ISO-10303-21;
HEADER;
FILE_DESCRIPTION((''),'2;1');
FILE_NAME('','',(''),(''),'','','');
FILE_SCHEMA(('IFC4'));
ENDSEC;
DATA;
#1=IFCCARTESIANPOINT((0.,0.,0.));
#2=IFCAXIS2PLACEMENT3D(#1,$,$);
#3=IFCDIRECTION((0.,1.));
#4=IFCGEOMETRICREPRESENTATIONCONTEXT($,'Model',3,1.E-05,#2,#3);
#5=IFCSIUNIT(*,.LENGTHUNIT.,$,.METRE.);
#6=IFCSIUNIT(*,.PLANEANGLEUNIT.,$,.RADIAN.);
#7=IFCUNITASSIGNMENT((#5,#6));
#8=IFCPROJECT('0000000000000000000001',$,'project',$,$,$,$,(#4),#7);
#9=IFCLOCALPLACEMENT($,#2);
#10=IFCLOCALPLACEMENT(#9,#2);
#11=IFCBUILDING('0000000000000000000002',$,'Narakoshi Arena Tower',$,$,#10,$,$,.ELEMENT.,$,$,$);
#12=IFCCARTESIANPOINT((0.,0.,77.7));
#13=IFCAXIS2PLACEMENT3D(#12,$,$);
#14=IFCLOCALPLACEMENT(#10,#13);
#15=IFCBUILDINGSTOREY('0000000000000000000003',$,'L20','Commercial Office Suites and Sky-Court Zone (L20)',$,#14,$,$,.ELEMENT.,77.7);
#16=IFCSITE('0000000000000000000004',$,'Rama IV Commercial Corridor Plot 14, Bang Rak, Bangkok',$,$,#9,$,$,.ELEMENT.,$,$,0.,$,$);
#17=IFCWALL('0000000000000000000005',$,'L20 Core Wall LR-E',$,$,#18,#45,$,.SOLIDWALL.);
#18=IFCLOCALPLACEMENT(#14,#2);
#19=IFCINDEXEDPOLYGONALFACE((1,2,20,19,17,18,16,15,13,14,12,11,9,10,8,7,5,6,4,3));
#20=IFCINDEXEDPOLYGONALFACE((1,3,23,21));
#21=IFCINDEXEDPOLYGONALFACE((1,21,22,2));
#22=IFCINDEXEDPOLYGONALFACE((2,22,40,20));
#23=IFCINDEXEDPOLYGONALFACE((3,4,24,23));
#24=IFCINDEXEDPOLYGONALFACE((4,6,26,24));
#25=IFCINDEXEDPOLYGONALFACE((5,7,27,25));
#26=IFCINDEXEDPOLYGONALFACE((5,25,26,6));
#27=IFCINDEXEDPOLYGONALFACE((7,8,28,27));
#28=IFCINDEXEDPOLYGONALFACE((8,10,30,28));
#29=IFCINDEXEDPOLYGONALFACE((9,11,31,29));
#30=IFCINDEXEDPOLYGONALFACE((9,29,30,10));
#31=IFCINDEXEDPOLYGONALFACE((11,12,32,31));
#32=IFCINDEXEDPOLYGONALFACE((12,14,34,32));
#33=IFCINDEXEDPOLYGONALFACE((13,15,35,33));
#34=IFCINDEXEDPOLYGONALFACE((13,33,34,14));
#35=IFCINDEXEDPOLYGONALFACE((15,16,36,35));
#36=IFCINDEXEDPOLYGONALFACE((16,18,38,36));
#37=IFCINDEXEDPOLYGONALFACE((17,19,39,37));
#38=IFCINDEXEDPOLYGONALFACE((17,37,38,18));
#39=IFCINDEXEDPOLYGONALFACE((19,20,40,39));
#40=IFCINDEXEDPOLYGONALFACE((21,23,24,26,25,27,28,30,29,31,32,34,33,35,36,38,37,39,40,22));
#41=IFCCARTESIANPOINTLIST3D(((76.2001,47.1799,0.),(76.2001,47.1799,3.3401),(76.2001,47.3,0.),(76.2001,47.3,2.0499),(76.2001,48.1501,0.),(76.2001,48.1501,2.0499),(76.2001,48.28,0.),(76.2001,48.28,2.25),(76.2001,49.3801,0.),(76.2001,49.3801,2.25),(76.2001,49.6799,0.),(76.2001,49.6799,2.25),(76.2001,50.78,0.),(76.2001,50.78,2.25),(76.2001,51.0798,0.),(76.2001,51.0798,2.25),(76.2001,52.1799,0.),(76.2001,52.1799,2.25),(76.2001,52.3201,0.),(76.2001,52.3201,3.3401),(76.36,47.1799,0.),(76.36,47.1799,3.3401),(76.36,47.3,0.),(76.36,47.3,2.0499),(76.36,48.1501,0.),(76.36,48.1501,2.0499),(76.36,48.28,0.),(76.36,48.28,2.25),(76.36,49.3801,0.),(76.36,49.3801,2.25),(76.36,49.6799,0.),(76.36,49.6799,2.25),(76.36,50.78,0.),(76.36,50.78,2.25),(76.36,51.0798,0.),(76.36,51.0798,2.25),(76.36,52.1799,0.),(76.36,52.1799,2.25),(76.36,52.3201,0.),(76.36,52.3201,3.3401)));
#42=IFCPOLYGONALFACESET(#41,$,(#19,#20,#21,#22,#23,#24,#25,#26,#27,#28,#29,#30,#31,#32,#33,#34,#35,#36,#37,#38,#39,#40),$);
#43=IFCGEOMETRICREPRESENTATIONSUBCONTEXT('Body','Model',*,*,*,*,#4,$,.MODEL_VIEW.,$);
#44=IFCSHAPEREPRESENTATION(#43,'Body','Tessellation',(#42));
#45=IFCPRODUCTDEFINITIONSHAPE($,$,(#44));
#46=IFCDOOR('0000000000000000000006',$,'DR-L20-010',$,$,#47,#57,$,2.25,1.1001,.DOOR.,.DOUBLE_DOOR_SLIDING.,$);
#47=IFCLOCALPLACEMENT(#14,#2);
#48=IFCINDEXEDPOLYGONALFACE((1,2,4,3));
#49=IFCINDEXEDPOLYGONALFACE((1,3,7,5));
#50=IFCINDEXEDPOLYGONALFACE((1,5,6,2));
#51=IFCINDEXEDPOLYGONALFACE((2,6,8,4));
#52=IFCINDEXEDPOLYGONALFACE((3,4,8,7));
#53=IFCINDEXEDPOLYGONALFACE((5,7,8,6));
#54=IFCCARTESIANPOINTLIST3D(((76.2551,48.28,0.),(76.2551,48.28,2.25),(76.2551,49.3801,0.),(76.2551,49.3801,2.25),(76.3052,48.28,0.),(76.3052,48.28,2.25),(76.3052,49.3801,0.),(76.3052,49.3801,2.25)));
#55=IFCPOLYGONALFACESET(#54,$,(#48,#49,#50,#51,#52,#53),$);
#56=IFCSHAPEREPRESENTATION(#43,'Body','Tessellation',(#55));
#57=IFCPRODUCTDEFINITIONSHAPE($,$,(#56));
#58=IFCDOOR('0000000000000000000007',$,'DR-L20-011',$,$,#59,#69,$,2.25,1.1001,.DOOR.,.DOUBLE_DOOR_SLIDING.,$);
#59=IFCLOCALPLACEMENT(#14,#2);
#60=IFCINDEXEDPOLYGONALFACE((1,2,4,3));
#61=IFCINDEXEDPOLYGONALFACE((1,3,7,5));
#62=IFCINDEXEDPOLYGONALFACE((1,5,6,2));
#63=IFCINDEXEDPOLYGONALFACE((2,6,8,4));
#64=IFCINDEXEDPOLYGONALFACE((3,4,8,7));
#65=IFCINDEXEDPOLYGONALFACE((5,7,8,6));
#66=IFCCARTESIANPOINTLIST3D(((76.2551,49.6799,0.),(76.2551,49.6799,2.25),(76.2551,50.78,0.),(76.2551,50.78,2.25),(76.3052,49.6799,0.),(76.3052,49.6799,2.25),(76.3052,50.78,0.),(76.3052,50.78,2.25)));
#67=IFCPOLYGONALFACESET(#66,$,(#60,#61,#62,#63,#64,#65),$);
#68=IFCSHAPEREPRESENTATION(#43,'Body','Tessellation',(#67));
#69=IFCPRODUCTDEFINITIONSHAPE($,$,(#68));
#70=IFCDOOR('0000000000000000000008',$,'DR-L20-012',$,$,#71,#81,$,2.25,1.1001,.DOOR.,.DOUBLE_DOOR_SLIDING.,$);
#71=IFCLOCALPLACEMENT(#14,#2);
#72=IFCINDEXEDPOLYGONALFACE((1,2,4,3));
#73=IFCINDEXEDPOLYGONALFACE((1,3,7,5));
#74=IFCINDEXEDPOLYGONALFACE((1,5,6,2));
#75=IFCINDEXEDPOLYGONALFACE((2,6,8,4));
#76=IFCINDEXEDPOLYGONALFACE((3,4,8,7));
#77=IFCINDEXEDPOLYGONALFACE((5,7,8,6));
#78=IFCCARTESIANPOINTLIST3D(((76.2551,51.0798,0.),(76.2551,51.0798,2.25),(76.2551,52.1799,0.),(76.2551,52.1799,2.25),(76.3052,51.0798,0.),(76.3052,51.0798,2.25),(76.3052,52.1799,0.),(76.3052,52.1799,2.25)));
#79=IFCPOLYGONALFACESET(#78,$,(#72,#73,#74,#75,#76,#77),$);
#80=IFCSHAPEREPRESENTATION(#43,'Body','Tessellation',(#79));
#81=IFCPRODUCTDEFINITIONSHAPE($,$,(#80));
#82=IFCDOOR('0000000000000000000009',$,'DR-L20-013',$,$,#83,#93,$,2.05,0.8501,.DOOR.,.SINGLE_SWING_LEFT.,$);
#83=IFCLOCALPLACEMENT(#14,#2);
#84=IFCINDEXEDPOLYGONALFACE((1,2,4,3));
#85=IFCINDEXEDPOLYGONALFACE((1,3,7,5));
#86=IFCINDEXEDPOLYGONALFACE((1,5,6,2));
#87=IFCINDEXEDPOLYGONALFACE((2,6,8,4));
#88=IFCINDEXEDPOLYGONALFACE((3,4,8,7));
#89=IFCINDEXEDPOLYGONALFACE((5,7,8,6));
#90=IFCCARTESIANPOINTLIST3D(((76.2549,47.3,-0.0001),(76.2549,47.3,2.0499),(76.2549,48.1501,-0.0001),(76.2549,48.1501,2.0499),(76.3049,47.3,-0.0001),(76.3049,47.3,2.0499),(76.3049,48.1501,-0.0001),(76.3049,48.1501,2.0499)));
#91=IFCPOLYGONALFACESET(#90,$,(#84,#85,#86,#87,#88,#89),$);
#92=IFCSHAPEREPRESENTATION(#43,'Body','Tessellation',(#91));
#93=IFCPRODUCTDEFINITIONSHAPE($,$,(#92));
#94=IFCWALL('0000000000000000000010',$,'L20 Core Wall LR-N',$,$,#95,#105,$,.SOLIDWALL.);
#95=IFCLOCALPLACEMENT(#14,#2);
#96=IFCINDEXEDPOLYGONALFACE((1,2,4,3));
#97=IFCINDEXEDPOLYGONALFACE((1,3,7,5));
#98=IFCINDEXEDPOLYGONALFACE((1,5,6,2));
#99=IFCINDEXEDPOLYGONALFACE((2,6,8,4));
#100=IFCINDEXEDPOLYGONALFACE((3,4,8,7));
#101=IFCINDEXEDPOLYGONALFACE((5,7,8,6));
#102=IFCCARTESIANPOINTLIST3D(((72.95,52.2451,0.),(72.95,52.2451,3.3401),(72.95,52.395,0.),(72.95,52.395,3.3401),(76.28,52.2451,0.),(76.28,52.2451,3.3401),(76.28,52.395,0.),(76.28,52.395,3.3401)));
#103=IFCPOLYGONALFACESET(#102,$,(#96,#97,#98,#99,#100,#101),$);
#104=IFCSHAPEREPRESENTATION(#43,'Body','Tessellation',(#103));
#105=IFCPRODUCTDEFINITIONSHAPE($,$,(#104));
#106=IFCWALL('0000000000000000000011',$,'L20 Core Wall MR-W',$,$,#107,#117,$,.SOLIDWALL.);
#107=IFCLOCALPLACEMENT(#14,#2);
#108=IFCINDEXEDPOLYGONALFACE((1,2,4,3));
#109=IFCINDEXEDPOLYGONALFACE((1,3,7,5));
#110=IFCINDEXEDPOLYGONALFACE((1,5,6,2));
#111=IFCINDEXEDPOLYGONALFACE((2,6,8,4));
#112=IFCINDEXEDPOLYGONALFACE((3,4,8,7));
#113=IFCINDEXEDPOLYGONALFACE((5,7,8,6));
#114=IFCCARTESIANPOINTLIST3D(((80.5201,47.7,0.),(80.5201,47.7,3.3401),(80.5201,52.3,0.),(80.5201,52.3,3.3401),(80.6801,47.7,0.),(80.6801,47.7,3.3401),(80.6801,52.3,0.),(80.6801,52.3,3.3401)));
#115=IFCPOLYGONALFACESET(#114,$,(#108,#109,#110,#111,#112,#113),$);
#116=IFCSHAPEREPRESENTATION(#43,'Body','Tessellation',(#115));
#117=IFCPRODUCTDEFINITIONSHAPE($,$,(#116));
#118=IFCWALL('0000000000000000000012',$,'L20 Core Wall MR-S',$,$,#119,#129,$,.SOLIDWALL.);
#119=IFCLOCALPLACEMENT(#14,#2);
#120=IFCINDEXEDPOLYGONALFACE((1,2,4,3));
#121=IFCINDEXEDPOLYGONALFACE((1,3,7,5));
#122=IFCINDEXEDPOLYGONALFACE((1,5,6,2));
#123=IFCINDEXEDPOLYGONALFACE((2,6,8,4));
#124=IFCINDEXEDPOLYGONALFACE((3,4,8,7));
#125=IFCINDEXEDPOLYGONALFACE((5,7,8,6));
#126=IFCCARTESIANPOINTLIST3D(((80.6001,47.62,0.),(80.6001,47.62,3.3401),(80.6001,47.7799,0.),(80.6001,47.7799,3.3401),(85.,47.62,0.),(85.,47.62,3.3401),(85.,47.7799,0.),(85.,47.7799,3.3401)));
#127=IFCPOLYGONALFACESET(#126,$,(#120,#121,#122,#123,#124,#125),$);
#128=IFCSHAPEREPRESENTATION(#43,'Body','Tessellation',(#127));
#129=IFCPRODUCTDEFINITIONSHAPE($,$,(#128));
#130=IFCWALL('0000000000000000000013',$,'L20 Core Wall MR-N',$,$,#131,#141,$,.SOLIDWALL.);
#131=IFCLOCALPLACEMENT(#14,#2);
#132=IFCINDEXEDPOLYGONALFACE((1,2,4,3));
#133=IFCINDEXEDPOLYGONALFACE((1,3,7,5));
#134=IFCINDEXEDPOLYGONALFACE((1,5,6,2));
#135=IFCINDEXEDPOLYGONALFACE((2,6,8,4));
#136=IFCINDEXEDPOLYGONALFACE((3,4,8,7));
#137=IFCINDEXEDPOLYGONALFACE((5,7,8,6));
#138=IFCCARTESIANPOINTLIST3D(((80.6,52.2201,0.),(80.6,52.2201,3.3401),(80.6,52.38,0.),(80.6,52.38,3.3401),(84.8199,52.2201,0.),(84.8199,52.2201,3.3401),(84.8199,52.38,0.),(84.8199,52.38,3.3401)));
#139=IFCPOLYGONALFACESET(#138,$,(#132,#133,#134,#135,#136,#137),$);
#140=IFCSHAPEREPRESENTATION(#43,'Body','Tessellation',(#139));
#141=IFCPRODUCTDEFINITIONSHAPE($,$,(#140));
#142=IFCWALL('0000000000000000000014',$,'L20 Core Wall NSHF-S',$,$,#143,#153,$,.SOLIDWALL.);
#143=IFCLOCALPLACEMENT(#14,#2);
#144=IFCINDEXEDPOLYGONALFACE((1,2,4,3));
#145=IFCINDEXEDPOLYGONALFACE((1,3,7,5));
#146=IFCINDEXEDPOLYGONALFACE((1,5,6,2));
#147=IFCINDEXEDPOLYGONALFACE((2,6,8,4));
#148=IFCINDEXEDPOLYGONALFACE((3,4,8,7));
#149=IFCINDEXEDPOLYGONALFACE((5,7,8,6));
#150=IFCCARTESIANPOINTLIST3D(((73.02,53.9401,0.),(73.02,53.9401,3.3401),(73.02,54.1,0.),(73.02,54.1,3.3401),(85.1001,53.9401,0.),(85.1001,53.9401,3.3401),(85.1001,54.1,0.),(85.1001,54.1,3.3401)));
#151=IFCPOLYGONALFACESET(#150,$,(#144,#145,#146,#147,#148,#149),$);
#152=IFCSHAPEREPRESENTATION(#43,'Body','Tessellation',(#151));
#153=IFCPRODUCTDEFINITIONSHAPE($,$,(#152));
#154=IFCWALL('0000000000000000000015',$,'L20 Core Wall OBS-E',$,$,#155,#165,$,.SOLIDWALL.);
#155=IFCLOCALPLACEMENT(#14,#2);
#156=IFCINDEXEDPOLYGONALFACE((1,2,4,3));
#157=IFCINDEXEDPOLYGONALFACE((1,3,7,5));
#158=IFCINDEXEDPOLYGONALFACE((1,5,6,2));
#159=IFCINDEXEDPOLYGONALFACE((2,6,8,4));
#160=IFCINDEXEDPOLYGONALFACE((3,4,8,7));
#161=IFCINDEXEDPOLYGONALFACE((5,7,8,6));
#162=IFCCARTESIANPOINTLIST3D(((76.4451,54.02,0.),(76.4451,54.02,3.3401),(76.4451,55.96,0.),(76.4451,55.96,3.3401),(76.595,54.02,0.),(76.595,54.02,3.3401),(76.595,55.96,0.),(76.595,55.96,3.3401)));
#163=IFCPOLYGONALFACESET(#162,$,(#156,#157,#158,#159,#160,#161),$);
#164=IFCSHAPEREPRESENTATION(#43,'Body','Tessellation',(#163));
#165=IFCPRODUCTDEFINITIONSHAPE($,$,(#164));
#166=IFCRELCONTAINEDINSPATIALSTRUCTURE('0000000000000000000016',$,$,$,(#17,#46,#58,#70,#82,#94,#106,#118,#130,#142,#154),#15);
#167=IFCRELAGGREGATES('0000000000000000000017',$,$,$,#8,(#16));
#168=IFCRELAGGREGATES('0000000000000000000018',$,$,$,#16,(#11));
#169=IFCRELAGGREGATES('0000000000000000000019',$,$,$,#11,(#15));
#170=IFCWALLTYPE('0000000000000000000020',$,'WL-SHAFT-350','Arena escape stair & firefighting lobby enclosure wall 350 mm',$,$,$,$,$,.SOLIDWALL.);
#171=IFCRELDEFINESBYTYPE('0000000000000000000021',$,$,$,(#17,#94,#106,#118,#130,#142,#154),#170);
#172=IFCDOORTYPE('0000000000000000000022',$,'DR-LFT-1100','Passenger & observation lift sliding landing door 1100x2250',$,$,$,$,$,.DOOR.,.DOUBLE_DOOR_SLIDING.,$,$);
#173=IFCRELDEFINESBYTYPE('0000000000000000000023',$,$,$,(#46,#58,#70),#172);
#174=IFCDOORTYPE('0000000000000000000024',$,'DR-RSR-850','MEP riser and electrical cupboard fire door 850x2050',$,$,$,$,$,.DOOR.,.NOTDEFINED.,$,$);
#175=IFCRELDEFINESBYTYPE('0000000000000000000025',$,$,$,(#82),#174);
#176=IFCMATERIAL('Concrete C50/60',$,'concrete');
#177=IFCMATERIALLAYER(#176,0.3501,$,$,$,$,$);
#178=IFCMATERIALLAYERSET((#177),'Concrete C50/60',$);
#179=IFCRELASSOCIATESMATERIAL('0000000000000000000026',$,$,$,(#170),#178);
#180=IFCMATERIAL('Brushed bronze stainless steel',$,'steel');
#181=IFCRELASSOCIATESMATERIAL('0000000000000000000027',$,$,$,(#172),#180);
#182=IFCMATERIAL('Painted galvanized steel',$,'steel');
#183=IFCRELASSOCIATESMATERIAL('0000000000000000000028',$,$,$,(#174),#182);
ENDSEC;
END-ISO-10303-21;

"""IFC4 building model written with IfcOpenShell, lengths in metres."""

from ifc_helpers import new_model, si_unit, direction, frame, frame_2d, origin, place, context, subcontext, project, spatial, rectangle, extrude, material, layer, layer_set, type_object, element, fill, save


model = new_model("IFC4")

# Units and contexts
model_context = context("Model", 3, precision=1e-05, world=origin(), true_north=direction((0.0, 1.0)))
body_context = subcontext(model_context, "Body", "Model", "MODEL_VIEW")
ifc_project = project(units=[si_unit("LENGTHUNIT", "METRE"), si_unit("PLANEANGLEUNIT", "RADIAN")], contexts=[model_context])

# Site, building, storey
site_placement = place(None, origin())
site = spatial("IfcSite", under=ifc_project, at=site_placement, Name="Rama IV Commercial Corridor Plot 14, Bang Rak, Bangkok", CompositionType="ELEMENT", RefElevation=0.0)
building_placement = place(site_placement, origin())
building = spatial("IfcBuilding", under=site, at=building_placement, Name="Narakoshi Arena Tower", CompositionType="ELEMENT")
storey_placement = place(building_placement, frame((0.0, 0.0, 77.7)))
storey = spatial("IfcBuildingStorey", under=building, at=storey_placement, Name="L20", Description="Commercial Office Suites and Sky-Court Zone (L20)", CompositionType="ELEMENT", Elevation=77.7)

# Shared definitions
ifc_material_1 = material(Name="Concrete C50/60", Category="concrete")
ifc_layer_1 = layer(ifc_material_1, 0.3501)
ifc_layer_set_1 = layer_set([ifc_layer_1], Name="Concrete C50/60")
wall_type_1 = type_object("IfcWallType", Name="WL-SHAFT-350", Description="Arena escape stair & firefighting lobby enclosure wall 350 mm", PredefinedType="SOLIDWALL", material=ifc_layer_set_1)

# Wall, openings, doors
wall_1_placement = place(storey_placement, frame((76.28, 47.1799, 0.0), z_axis=(0.0, 0.0, 1.0), x_axis=(0.0, 1.0, 0.0)))
wall_1 = element("IfcWall", 1, at=wall_1_placement, inside=storey, type_object=wall_type_1, Name="L20 Core Wall LR-E", PredefinedType="SOLIDWALL", context=body_context, shape_type="SweptSolid", body=[
    extrude(rectangle(XDim=5.1401, YDim=0.1599, at=frame_2d((2.5701, 0.0))), origin(), (0.0, 0.0, 1.0), 3.3401),
])
opening_1_placement = place(wall_1_placement, frame((1.1001, 0.0, 0.0)))
opening_1 = element("IfcOpeningElement", 2, at=opening_1_placement, cuts=wall_1, PredefinedType="OPENING", context=body_context, shape_type="SweptSolid", body=[
    extrude(rectangle(XDim=1.1001, YDim=2.25, at=frame_2d((0.55, 1.125))), frame((0.0, 0.0898, 0.0), z_axis=(0.0, -1.0, 0.0), x_axis=(1.0, 0.0, 0.0)), (0.0, 0.0, 1.0), 0.1799),
])
opening_2_placement = place(wall_1_placement, frame((2.5, 0.0, 0.0)))
opening_2 = element("IfcOpeningElement", 3, at=opening_2_placement, cuts=wall_1, PredefinedType="OPENING", context=body_context, shape_type="SweptSolid", body=[
    extrude(rectangle(XDim=1.1001, YDim=2.25, at=frame_2d((0.55, 1.125))), frame((0.0, 0.0898, 0.0), z_axis=(0.0, -1.0, 0.0), x_axis=(1.0, 0.0, 0.0)), (0.0, 0.0, 1.0), 0.1799),
])
opening_3_placement = place(wall_1_placement, frame((3.8999, 0.0, 0.0)))
opening_3 = element("IfcOpeningElement", 4, at=opening_3_placement, cuts=wall_1, PredefinedType="OPENING", context=body_context, shape_type="SweptSolid", body=[
    extrude(rectangle(XDim=1.1001, YDim=2.25, at=frame_2d((0.55, 1.125))), frame((0.0, 0.0898, 0.0), z_axis=(0.0, -1.0, 0.0), x_axis=(1.0, 0.0, 0.0)), (0.0, 0.0, 1.0), 0.1799),
])
opening_4_placement = place(wall_1_placement, frame((0.1201, 0.0, 0.0)))
opening_4 = element("IfcOpeningElement", 5, at=opening_4_placement, cuts=wall_1, PredefinedType="OPENING", context=body_context, shape_type="SweptSolid", body=[
    extrude(rectangle(XDim=0.8501, YDim=2.05, at=frame_2d((0.425, 1.0249))), frame((0.0, 0.0898, 0.0), z_axis=(0.0, -1.0, 0.0), x_axis=(1.0, 0.0, 0.0)), (0.0, 0.0, 1.0), 0.1799),
])
ifc_material_2 = material(Name="Brushed bronze stainless steel", Category="steel")
door_type_1 = type_object("IfcDoorType", Name="DR-LFT-1100", Description="Passenger & observation lift sliding landing door 1100x2250", OperationType="DOUBLE_DOOR_SLIDING", PredefinedType="DOOR", material=ifc_material_2)
door_1_placement = place(opening_1_placement, origin())
door_1 = element("IfcDoor", 6, at=door_1_placement, inside=storey, type_object=door_type_1, Name="DR-L20-010", OperationType="DOUBLE_DOOR_SLIDING", OverallHeight=2.25, OverallWidth=1.1001, PredefinedType="DOOR", context=body_context, shape_type="SweptSolid", body=[
    extrude(rectangle(XDim=1.1001, YDim=2.25, at=frame_2d((0.55, 1.125))), frame((0.0, 0.0249, 0.0), z_axis=(0.0, -1.0, 0.0), x_axis=(1.0, 0.0, 0.0)), (0.0, 0.0, 1.0), 0.05),
])
fill(opening_1, door_1)
door_2_placement = place(opening_2_placement, origin())
door_2 = element("IfcDoor", 7, at=door_2_placement, inside=storey, type_object=door_type_1, Name="DR-L20-011", OperationType="DOUBLE_DOOR_SLIDING", OverallHeight=2.25, OverallWidth=1.1001, PredefinedType="DOOR", context=body_context, shape_type="SweptSolid", body=[
    extrude(rectangle(XDim=1.1001, YDim=2.25, at=frame_2d((0.55, 1.125))), frame((0.0, 0.0249, 0.0), z_axis=(0.0, -1.0, 0.0), x_axis=(1.0, 0.0, 0.0)), (0.0, 0.0, 1.0), 0.05),
])
fill(opening_2, door_2)
door_3_placement = place(opening_3_placement, origin())
door_3 = element("IfcDoor", 8, at=door_3_placement, inside=storey, type_object=door_type_1, Name="DR-L20-012", OperationType="DOUBLE_DOOR_SLIDING", OverallHeight=2.25, OverallWidth=1.1001, PredefinedType="DOOR", context=body_context, shape_type="SweptSolid", body=[
    extrude(rectangle(XDim=1.1001, YDim=2.25, at=frame_2d((0.55, 1.125))), frame((0.0, 0.0249, 0.0), z_axis=(0.0, -1.0, 0.0), x_axis=(1.0, 0.0, 0.0)), (0.0, 0.0, 1.0), 0.05),
])
fill(opening_3, door_3)
ifc_material_3 = material(Name="Painted galvanized steel", Category="steel")
door_type_2 = type_object("IfcDoorType", Name="DR-RSR-850", Description="MEP riser and electrical cupboard fire door 850x2050", OperationType="NOTDEFINED", PredefinedType="DOOR", material=ifc_material_3)
door_4_placement = place(opening_4_placement, frame((0.8501, 0.0, 0.0), z_axis=(0.0, 0.0, 1.0), x_axis=(-1.0, 0.0, 0.0)))
door_4 = element("IfcDoor", 9, at=door_4_placement, inside=storey, type_object=door_type_2, Name="DR-L20-013", OperationType="SINGLE_SWING_LEFT", OverallHeight=2.05, OverallWidth=0.8501, PredefinedType="DOOR", context=body_context, shape_type="SweptSolid", body=[
    extrude(rectangle(XDim=0.8501, YDim=2.05, at=frame_2d((0.425, 1.0249))), frame((0.0, 0.0249, 0.0), z_axis=(0.0, -1.0, 0.0), x_axis=(1.0, 0.0, 0.0)), (0.0, 0.0, 1.0), 0.05),
])
fill(opening_4, door_4)

# Walls
wall_2_placement = place(storey_placement, frame((72.95, 52.3201, 0.0), z_axis=(0.0, 0.0, 1.0), x_axis=(1.0, 0.0, 0.0)))
element("IfcWall", 10, at=wall_2_placement, inside=storey, type_object=wall_type_1, Name="L20 Core Wall LR-N", PredefinedType="SOLIDWALL", context=body_context, shape_type="SweptSolid", body=[
    extrude(rectangle(XDim=3.3301, YDim=0.1499, at=frame_2d((1.665, 0.0))), origin(), (0.0, 0.0, 1.0), 3.3401),
])
wall_3_placement = place(storey_placement, frame((80.6001, 47.7, 0.0), z_axis=(0.0, 0.0, 1.0), x_axis=(0.0, 1.0, 0.0)))
element("IfcWall", 11, at=wall_3_placement, inside=storey, type_object=wall_type_1, Name="L20 Core Wall MR-W", PredefinedType="SOLIDWALL", context=body_context, shape_type="SweptSolid", body=[
    extrude(rectangle(XDim=4.6001, YDim=0.1599, at=frame_2d((2.3, 0.0))), origin(), (0.0, 0.0, 1.0), 3.3401),
])
wall_4_placement = place(storey_placement, frame((80.6001, 47.7, 0.0), z_axis=(0.0, 0.0, 1.0), x_axis=(1.0, 0.0, 0.0)))
element("IfcWall", 12, at=wall_4_placement, inside=storey, type_object=wall_type_1, Name="L20 Core Wall MR-S", PredefinedType="SOLIDWALL", context=body_context, shape_type="SweptSolid", body=[
    extrude(rectangle(XDim=4.3999, YDim=0.1599, at=frame_2d((2.2, 0.0))), origin(), (0.0, 0.0, 1.0), 3.3401),
])
wall_5_placement = place(storey_placement, frame((80.6001, 52.3, 0.0), z_axis=(0.0, 0.0, 1.0), x_axis=(1.0, 0.0, 0.0)))
element("IfcWall", 13, at=wall_5_placement, inside=storey, type_object=wall_type_1, Name="L20 Core Wall MR-N", PredefinedType="SOLIDWALL", context=body_context, shape_type="SweptSolid", body=[
    extrude(rectangle(XDim=4.22, YDim=0.1599, at=frame_2d((2.1099, 0.0))), origin(), (0.0, 0.0, 1.0), 3.3401),
])
wall_6_placement = place(storey_placement, frame((73.02, 54.02, 0.0), z_axis=(0.0, 0.0, 1.0), x_axis=(1.0, 0.0, 0.0)))
element("IfcWall", 14, at=wall_6_placement, inside=storey, type_object=wall_type_1, Name="L20 Core Wall NSHF-S", PredefinedType="SOLIDWALL", context=body_context, shape_type="SweptSolid", body=[
    extrude(rectangle(XDim=12.0801, YDim=0.1599, at=frame_2d((6.04, 0.0))), origin(), (0.0, 0.0, 1.0), 3.3401),
])
wall_7_placement = place(storey_placement, frame((76.52, 54.02, 0.0), z_axis=(0.0, 0.0, 1.0), x_axis=(0.0, 1.0, 0.0)))
element("IfcWall", 15, at=wall_7_placement, inside=storey, type_object=wall_type_1, Name="L20 Core Wall OBS-E", PredefinedType="SOLIDWALL", context=body_context, shape_type="SweptSolid", body=[
    extrude(rectangle(XDim=1.9399, YDim=0.1499, at=frame_2d((0.97, 0.0))), origin(), (0.0, 0.0, 1.0), 3.3401),
])

save(model, "model.ifc")
